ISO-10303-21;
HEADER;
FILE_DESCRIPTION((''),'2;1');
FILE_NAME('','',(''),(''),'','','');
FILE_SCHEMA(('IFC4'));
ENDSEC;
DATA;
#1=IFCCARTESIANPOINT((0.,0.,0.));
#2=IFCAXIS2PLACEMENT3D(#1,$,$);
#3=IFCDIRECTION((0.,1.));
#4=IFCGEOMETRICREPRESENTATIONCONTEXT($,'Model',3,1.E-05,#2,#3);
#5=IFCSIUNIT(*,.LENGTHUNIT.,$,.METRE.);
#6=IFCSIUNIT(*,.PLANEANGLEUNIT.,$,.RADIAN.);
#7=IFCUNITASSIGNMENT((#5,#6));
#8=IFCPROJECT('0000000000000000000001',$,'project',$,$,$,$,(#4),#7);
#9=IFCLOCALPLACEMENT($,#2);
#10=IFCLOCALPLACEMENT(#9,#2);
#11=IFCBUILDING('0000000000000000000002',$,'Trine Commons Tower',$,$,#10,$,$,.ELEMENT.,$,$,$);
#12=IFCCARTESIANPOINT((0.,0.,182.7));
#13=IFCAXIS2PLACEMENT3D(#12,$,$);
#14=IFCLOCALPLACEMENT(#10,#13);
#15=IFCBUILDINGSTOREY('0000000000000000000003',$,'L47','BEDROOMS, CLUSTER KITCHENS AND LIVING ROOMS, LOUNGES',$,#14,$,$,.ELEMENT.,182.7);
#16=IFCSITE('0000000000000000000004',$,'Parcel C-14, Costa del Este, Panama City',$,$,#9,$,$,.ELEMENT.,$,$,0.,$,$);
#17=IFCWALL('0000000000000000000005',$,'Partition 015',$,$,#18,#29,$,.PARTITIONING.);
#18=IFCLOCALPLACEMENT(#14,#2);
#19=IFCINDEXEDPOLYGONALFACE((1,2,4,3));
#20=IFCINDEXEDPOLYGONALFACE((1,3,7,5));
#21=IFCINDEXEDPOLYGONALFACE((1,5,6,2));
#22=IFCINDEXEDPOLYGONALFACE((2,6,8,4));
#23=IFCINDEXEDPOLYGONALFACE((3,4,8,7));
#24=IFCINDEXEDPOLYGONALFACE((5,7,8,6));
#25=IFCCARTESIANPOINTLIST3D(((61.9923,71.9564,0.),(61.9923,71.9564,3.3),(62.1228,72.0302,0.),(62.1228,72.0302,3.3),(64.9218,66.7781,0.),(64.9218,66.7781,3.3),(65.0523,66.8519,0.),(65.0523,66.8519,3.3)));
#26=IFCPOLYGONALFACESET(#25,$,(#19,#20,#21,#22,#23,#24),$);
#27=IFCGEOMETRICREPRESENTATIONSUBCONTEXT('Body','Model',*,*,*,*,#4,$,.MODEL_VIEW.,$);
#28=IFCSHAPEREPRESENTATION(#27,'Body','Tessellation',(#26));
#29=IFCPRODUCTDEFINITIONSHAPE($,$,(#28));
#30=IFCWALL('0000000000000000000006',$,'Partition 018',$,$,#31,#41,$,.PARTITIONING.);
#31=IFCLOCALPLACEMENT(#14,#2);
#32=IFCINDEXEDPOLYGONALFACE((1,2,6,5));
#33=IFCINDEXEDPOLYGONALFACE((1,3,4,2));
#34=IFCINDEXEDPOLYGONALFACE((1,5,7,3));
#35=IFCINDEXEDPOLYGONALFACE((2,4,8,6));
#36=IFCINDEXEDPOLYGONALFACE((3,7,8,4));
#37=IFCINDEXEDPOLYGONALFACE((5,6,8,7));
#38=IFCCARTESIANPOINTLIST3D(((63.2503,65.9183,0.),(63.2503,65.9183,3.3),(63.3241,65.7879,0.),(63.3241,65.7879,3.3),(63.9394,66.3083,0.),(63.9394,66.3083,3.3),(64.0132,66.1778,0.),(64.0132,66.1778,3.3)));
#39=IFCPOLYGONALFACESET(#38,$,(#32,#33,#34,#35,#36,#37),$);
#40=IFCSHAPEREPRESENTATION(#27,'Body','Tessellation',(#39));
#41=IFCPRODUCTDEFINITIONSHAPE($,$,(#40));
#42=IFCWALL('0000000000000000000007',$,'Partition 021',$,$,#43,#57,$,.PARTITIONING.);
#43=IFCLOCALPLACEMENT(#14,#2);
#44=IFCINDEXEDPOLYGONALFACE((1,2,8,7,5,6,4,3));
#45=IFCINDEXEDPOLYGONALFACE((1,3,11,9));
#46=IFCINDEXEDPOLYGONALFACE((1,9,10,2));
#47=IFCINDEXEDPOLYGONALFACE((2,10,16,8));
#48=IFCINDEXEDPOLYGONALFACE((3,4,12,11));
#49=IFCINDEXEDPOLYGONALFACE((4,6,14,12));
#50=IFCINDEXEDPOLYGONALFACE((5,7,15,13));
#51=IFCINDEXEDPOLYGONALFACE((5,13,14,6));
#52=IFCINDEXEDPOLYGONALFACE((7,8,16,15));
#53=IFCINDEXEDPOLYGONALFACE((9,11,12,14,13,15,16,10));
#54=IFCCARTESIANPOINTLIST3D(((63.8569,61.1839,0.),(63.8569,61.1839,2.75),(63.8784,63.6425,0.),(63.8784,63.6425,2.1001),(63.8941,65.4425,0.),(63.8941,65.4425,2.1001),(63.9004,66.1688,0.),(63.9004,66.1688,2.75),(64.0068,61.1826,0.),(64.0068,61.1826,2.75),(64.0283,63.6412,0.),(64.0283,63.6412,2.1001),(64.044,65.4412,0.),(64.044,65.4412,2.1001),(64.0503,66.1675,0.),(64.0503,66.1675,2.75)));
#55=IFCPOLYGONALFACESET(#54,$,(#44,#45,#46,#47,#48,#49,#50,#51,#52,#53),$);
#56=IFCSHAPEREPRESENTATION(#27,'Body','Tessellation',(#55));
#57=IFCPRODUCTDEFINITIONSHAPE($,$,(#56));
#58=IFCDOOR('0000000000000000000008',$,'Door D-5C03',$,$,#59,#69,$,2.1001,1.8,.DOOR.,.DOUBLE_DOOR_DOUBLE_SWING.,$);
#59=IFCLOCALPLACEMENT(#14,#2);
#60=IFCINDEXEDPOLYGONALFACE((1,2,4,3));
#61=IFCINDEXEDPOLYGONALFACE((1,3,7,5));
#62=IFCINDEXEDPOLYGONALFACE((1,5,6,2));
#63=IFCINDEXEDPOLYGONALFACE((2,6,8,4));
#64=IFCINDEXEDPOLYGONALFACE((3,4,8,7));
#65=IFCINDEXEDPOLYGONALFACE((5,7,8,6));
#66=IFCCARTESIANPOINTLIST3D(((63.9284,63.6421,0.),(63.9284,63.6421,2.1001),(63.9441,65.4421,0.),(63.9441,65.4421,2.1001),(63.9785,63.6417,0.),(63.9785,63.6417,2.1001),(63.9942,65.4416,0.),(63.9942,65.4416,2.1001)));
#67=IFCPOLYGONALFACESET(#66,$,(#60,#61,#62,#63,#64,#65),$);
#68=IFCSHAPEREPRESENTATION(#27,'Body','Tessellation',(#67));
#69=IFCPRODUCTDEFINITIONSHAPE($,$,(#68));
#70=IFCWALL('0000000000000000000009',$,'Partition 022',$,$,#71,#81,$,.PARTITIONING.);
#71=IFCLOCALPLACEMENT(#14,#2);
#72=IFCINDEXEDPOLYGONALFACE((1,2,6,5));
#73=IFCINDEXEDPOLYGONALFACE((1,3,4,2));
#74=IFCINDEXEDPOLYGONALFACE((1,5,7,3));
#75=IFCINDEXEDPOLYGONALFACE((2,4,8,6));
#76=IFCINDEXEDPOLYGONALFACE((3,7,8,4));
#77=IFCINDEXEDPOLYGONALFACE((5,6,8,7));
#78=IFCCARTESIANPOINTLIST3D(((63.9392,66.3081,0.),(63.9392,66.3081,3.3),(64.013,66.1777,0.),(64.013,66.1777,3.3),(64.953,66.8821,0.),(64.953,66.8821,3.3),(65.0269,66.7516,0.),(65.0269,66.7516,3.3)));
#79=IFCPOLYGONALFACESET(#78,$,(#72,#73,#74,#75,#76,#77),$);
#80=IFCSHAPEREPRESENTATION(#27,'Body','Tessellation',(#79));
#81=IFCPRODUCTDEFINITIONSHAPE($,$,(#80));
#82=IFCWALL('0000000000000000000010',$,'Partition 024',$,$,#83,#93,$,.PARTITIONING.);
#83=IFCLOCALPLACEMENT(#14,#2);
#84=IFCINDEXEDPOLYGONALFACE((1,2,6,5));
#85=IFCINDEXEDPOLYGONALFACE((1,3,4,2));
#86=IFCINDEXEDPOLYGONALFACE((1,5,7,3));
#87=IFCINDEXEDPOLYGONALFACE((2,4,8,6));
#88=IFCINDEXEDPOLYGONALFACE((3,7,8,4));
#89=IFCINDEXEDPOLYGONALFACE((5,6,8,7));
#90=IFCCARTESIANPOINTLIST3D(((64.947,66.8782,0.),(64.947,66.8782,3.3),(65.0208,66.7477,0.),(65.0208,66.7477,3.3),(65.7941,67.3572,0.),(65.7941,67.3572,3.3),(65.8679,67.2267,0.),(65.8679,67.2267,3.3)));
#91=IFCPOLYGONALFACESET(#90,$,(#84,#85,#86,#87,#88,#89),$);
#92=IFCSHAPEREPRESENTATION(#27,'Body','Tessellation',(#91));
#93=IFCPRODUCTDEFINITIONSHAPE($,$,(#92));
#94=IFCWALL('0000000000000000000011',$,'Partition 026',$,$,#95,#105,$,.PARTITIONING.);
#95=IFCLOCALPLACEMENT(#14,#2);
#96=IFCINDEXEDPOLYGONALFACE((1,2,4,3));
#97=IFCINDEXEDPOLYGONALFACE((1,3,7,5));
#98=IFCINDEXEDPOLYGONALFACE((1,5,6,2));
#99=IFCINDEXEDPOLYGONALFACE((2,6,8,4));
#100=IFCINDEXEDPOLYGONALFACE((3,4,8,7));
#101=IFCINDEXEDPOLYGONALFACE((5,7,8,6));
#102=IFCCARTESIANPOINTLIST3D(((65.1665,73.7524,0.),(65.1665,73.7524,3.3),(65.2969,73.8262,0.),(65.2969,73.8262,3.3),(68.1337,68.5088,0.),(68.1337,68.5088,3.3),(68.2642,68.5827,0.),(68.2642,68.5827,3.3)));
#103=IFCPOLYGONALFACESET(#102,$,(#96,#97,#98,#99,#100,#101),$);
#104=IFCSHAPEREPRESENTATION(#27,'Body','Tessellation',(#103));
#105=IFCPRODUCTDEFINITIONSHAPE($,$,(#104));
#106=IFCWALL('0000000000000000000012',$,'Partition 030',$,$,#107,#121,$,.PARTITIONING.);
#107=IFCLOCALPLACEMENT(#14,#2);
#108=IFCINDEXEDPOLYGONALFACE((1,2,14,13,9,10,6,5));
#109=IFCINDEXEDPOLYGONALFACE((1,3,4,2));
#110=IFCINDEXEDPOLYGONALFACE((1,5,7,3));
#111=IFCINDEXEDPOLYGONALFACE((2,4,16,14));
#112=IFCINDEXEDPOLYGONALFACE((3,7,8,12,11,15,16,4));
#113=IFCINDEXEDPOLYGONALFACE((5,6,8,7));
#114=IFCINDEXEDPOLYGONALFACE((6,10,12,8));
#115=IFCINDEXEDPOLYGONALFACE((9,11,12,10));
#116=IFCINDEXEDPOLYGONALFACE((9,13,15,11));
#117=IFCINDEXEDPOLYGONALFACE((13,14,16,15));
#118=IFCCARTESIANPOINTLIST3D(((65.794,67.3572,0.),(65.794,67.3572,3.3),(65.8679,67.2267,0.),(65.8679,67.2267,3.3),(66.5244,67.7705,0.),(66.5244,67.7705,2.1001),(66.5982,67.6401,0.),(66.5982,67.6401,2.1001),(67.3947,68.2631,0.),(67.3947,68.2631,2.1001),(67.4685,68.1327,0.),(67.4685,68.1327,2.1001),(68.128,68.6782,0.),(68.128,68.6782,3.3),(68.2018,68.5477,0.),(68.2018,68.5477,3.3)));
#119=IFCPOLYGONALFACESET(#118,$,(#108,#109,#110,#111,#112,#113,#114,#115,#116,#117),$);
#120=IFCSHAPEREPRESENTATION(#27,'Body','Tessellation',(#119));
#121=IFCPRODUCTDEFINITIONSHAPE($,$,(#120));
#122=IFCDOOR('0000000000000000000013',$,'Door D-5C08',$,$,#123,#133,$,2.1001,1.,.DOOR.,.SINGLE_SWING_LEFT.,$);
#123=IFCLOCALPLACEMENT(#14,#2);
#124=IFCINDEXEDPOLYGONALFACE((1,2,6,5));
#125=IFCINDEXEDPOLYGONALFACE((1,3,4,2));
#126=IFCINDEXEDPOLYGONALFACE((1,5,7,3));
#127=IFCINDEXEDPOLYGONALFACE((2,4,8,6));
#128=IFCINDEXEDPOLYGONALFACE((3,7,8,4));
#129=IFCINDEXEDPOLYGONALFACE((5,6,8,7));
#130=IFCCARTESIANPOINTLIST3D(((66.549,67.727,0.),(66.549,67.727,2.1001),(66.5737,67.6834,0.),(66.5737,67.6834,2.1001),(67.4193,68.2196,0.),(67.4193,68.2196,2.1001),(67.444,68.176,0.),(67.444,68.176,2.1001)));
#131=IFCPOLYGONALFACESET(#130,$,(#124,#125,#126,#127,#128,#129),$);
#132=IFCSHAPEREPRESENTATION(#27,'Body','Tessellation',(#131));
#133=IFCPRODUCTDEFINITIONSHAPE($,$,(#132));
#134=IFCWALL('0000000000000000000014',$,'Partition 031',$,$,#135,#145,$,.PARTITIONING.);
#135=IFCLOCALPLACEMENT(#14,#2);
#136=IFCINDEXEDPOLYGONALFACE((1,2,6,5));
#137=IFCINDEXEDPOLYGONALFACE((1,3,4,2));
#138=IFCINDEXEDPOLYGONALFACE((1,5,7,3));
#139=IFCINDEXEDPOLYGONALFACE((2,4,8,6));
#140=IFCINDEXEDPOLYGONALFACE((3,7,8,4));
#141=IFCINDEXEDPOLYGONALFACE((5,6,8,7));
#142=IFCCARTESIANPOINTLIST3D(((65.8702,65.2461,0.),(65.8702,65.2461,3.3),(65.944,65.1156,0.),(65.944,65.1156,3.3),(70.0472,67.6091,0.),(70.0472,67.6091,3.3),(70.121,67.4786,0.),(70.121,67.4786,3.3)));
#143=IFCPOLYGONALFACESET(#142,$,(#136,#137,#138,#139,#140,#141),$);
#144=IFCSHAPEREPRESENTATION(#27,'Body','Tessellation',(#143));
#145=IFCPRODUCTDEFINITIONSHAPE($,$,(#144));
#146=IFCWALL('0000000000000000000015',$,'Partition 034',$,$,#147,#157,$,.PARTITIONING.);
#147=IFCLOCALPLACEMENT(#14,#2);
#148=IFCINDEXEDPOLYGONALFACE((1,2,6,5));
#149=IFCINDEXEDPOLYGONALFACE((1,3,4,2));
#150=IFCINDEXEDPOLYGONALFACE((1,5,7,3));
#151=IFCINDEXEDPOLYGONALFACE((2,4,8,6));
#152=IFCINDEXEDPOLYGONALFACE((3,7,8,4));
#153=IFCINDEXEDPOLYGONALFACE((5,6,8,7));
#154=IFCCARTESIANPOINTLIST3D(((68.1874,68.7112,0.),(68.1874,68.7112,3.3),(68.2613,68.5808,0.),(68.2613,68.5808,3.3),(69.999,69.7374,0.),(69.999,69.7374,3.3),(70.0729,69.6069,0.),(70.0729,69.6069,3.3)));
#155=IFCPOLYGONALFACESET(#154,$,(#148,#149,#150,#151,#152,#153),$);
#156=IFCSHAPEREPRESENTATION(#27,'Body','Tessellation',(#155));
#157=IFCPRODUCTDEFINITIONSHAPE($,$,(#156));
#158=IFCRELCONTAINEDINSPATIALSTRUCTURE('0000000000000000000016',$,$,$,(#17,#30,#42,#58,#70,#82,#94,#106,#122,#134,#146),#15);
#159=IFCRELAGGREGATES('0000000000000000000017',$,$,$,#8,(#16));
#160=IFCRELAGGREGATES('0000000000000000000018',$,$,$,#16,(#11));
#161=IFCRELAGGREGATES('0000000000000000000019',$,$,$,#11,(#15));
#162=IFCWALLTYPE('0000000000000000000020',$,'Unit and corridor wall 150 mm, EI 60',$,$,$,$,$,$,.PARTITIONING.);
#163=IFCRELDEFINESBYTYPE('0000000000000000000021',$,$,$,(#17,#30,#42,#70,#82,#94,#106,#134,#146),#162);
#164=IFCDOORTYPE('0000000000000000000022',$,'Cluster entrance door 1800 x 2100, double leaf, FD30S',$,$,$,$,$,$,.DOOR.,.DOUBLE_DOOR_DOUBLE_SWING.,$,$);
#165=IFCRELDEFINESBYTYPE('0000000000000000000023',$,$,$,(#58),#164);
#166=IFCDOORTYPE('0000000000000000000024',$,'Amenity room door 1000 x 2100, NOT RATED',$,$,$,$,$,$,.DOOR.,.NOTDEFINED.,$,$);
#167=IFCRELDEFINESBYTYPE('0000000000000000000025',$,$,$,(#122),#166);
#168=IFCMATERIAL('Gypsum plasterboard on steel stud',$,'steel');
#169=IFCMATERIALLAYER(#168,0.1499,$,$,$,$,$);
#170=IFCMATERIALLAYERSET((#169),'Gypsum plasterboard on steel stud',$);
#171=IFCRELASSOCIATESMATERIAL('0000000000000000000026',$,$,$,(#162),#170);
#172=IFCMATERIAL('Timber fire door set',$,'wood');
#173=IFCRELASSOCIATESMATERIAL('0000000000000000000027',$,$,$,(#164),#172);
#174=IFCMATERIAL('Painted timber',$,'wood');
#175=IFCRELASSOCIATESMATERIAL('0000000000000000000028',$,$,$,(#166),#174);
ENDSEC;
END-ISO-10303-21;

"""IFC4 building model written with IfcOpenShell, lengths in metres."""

from ifc_helpers import new_model, si_unit, direction, frame, frame_2d, origin, place, context, subcontext, project, spatial, rectangle, extrude, material, layer, layer_set, type_object, element, fill, save


model = new_model("IFC4")

# Units and contexts
model_context = context("Model", 3, precision=1e-05, world=origin(), true_north=direction((0.0, 1.0)))
body_context = subcontext(model_context, "Body", "Model", "MODEL_VIEW")
ifc_project = project(units=[si_unit("LENGTHUNIT", "METRE"), si_unit("PLANEANGLEUNIT", "RADIAN")], contexts=[model_context])

# Site, building, storey
site_placement = place(None, origin())
site = spatial("IfcSite", under=ifc_project, at=site_placement, Name="Parcel C-14, Costa del Este, Panama City", CompositionType="ELEMENT", RefElevation=0.0)
building_placement = place(site_placement, origin())
building = spatial("IfcBuilding", under=site, at=building_placement, Name="Trine Commons Tower", CompositionType="ELEMENT")
storey_placement = place(building_placement, frame((0.0, 0.0, 182.7)))
storey = spatial("IfcBuildingStorey", under=building, at=storey_placement, Name="L47", Description="BEDROOMS, CLUSTER KITCHENS AND LIVING ROOMS, LOUNGES", CompositionType="ELEMENT", Elevation=182.7)

# Shared definitions
ifc_material_1 = material(Name="Gypsum plasterboard on steel stud", Category="steel")
ifc_layer_1 = layer(ifc_material_1, 0.1499)
ifc_layer_set_1 = layer_set([ifc_layer_1], Name="Gypsum plasterboard on steel stud")
wall_type_1 = type_object("IfcWallType", Name="Unit and corridor wall 150 mm, EI 60", PredefinedType="PARTITIONING", material=ifc_layer_set_1)

# Shared definitions
ifc_material_2 = material(Name="Timber fire door set", Category="wood")

# Walls
wall_1_placement = place(storey_placement, frame((62.0576, 71.9932, 0.0), z_axis=(0.0, 0.0, 1.0), x_axis=(0.492391, -0.870374, 0.0)))
element("IfcWall", 1, at=wall_1_placement, inside=storey, type_object=wall_type_1, Name="Partition 015", PredefinedType="PARTITIONING", context=body_context, shape_type="SweptSolid", body=[
    extrude(rectangle(XDim=5.9495, YDim=0.1499, at=frame_2d((2.9746, 0.0))), origin(), (0.0, 0.0, 1.0), 3.3),
])
wall_2_placement = place(storey_placement, frame((63.2871, 65.853, 0.0), z_axis=(0.0, 0.0, 1.0), x_axis=(0.870304, 0.492514, 0.0)))
element("IfcWall", 2, at=wall_2_placement, inside=storey, type_object=wall_type_1, Name="Partition 018", PredefinedType="PARTITIONING", context=body_context, shape_type="SweptSolid", body=[
    extrude(rectangle(XDim=0.7917, YDim=0.1499, at=frame_2d((0.396, 0.0))), origin(), (0.0, 0.0, 1.0), 3.3),
])

# Wall, opening, door
wall_3_placement = place(storey_placement, frame((63.9319, 61.1831, 0.0), z_axis=(0.0, 0.0, 1.0), x_axis=(0.008717, 0.999962, 0.0)))
wall_3 = element("IfcWall", 3, at=wall_3_placement, inside=storey, type_object=wall_type_1, Name="Partition 021", PredefinedType="PARTITIONING", context=body_context, shape_type="SweptSolid", body=[
    extrude(rectangle(XDim=4.9851, YDim=0.1499, at=frame_2d((2.4927, 0.0))), origin(), (0.0, 0.0, 1.0), 2.75),
])
opening_1_placement = place(wall_3_placement, frame((2.459, 0.0, 0.0)))
opening_1 = element("IfcOpeningElement", 4, at=opening_1_placement, cuts=wall_3, PredefinedType="OPENING", context=body_context, shape_type="SweptSolid", body=[
    extrude(rectangle(XDim=1.8, YDim=2.1001, at=frame_2d((0.8999, 1.05))), frame((0.0, 0.085, 0.0), z_axis=(0.0, -1.0, 0.0), x_axis=(1.0, 0.0, 0.0)), (0.0, 0.0, 1.0), 0.1699),
])
door_type_1 = type_object("IfcDoorType", Name="Cluster entrance door 1800 x 2100, double leaf, FD30S", OperationType="DOUBLE_DOOR_DOUBLE_SWING", PredefinedType="DOOR", material=ifc_material_2)
door_1_placement = place(opening_1_placement, origin())
door_1 = element("IfcDoor", 5, at=door_1_placement, inside=storey, type_object=door_type_1, Name="Door D-5C03", OperationType="DOUBLE_DOOR_DOUBLE_SWING", OverallHeight=2.1001, OverallWidth=1.8, PredefinedType="DOOR", context=body_context, shape_type="SweptSolid", body=[
    extrude(rectangle(XDim=1.8, YDim=2.1001, at=frame_2d((0.8999, 1.05))), frame((0.0, 0.0249, 0.0), z_axis=(0.0, -1.0, 0.0), x_axis=(1.0, 0.0, 0.0)), (0.0, 0.0, 1.0), 0.05),
])
fill(opening_1, door_1)

# Walls
wall_4_placement = place(storey_placement, frame((63.9761, 66.2429, 0.0), z_axis=(0.0, 0.0, 1.0), x_axis=(0.870235, 0.492637, 0.0)))
element("IfcWall", 6, at=wall_4_placement, inside=storey, type_object=wall_type_1, Name="Partition 022", PredefinedType="PARTITIONING", context=body_context, shape_type="SweptSolid", body=[
    extrude(rectangle(XDim=1.165, YDim=0.1499, at=frame_2d((0.5825, 0.0))), origin(), (0.0, 0.0, 1.0), 3.3),
])
wall_5_placement = place(storey_placement, frame((64.9839, 66.813, 0.0), z_axis=(0.0, 0.0, 1.0), x_axis=(0.870488, 0.49219, 0.0)))
element("IfcWall", 7, at=wall_5_placement, inside=storey, type_object=wall_type_1, Name="Partition 024", PredefinedType="PARTITIONING", context=body_context, shape_type="SweptSolid", body=[
    extrude(rectangle(XDim=0.9731, YDim=0.1499, at=frame_2d((0.4866, 0.0))), origin(), (0.0, 0.0, 1.0), 3.3),
])
wall_6_placement = place(storey_placement, frame((65.2317, 73.7893, 0.0), z_axis=(0.0, 0.0, 1.0), x_axis=(0.492495, -0.870315, 0.0)))
element("IfcWall", 8, at=wall_6_placement, inside=storey, type_object=wall_type_1, Name="Partition 026", PredefinedType="PARTITIONING", context=body_context, shape_type="SweptSolid", body=[
    extrude(rectangle(XDim=6.0249, YDim=0.1499, at=frame_2d((3.0125, 0.0))), origin(), (0.0, 0.0, 1.0), 3.3),
])

# Wall, opening, door
wall_7_placement = place(storey_placement, frame((65.8311, 67.292, 0.0), z_axis=(0.0, 0.0, 1.0), x_axis=(0.870269, 0.492576, 0.0)))
wall_7 = element("IfcWall", 9, at=wall_7_placement, inside=storey, type_object=wall_type_1, Name="Partition 030", PredefinedType="PARTITIONING", context=body_context, shape_type="SweptSolid", body=[
    extrude(rectangle(XDim=2.6819, YDim=0.1499, at=frame_2d((1.3408, 0.0))), origin(), (0.0, 0.0, 1.0), 3.3),
])
opening_2_placement = place(wall_7_placement, frame((0.8391, 0.0, 0.0)))
opening_2 = element("IfcOpeningElement", 10, at=opening_2_placement, cuts=wall_7, PredefinedType="OPENING", context=body_context, shape_type="SweptSolid", body=[
    extrude(rectangle(XDim=1.0, YDim=2.1001, at=frame_2d((0.5, 1.05))), frame((0.0, 0.085, 0.0), z_axis=(0.0, -1.0, 0.0), x_axis=(1.0, 0.0, 0.0)), (0.0, 0.0, 1.0), 0.1699),
])
ifc_material_3 = material(Name="Painted timber", Category="wood")
door_type_2 = type_object("IfcDoorType", Name="Amenity room door 1000 x 2100, NOT RATED", OperationType="NOTDEFINED", PredefinedType="DOOR", material=ifc_material_3)
door_2_placement = place(opening_2_placement, origin())
door_2 = element("IfcDoor", 11, at=door_2_placement, inside=storey, type_object=door_type_2, Name="Door D-5C08", OperationType="SINGLE_SWING_LEFT", OverallHeight=2.1001, OverallWidth=1.0, PredefinedType="DOOR", context=body_context, shape_type="SweptSolid", body=[
    extrude(rectangle(XDim=1.0, YDim=2.1001, at=frame_2d((0.5, 1.05))), frame((0.0, 0.0249, 0.0), z_axis=(0.0, -1.0, 0.0), x_axis=(1.0, 0.0, 0.0)), (0.0, 0.0, 1.0), 0.05),
])
fill(opening_2, door_2)

# Walls
wall_8_placement = place(storey_placement, frame((65.9072, 65.1809, 0.0), z_axis=(0.0, 0.0, 1.0), x_axis=(0.870373, 0.492392, 0.0)))
element("IfcWall", 12, at=wall_8_placement, inside=storey, type_object=wall_type_1, Name="Partition 031", PredefinedType="PARTITIONING", context=body_context, shape_type="SweptSolid", body=[
    extrude(rectangle(XDim=4.7991, YDim=0.1499, at=frame_2d((2.3994, 0.0))), origin(), (0.0, 0.0, 1.0), 3.3),
])
wall_9_placement = place(storey_placement, frame((68.2244, 68.646, 0.0), z_axis=(0.0, 0.0, 1.0), x_axis=(0.870106, 0.492865, 0.0)))
element("IfcWall", 13, at=wall_9_placement, inside=storey, type_object=wall_type_1, Name="Partition 034", PredefinedType="PARTITIONING", context=body_context, shape_type="SweptSolid", body=[
    extrude(rectangle(XDim=2.082, YDim=0.1499, at=frame_2d((1.041, 0.0))), origin(), (0.0, 0.0, 1.0), 3.3),
])

save(model, "model.ifc")
